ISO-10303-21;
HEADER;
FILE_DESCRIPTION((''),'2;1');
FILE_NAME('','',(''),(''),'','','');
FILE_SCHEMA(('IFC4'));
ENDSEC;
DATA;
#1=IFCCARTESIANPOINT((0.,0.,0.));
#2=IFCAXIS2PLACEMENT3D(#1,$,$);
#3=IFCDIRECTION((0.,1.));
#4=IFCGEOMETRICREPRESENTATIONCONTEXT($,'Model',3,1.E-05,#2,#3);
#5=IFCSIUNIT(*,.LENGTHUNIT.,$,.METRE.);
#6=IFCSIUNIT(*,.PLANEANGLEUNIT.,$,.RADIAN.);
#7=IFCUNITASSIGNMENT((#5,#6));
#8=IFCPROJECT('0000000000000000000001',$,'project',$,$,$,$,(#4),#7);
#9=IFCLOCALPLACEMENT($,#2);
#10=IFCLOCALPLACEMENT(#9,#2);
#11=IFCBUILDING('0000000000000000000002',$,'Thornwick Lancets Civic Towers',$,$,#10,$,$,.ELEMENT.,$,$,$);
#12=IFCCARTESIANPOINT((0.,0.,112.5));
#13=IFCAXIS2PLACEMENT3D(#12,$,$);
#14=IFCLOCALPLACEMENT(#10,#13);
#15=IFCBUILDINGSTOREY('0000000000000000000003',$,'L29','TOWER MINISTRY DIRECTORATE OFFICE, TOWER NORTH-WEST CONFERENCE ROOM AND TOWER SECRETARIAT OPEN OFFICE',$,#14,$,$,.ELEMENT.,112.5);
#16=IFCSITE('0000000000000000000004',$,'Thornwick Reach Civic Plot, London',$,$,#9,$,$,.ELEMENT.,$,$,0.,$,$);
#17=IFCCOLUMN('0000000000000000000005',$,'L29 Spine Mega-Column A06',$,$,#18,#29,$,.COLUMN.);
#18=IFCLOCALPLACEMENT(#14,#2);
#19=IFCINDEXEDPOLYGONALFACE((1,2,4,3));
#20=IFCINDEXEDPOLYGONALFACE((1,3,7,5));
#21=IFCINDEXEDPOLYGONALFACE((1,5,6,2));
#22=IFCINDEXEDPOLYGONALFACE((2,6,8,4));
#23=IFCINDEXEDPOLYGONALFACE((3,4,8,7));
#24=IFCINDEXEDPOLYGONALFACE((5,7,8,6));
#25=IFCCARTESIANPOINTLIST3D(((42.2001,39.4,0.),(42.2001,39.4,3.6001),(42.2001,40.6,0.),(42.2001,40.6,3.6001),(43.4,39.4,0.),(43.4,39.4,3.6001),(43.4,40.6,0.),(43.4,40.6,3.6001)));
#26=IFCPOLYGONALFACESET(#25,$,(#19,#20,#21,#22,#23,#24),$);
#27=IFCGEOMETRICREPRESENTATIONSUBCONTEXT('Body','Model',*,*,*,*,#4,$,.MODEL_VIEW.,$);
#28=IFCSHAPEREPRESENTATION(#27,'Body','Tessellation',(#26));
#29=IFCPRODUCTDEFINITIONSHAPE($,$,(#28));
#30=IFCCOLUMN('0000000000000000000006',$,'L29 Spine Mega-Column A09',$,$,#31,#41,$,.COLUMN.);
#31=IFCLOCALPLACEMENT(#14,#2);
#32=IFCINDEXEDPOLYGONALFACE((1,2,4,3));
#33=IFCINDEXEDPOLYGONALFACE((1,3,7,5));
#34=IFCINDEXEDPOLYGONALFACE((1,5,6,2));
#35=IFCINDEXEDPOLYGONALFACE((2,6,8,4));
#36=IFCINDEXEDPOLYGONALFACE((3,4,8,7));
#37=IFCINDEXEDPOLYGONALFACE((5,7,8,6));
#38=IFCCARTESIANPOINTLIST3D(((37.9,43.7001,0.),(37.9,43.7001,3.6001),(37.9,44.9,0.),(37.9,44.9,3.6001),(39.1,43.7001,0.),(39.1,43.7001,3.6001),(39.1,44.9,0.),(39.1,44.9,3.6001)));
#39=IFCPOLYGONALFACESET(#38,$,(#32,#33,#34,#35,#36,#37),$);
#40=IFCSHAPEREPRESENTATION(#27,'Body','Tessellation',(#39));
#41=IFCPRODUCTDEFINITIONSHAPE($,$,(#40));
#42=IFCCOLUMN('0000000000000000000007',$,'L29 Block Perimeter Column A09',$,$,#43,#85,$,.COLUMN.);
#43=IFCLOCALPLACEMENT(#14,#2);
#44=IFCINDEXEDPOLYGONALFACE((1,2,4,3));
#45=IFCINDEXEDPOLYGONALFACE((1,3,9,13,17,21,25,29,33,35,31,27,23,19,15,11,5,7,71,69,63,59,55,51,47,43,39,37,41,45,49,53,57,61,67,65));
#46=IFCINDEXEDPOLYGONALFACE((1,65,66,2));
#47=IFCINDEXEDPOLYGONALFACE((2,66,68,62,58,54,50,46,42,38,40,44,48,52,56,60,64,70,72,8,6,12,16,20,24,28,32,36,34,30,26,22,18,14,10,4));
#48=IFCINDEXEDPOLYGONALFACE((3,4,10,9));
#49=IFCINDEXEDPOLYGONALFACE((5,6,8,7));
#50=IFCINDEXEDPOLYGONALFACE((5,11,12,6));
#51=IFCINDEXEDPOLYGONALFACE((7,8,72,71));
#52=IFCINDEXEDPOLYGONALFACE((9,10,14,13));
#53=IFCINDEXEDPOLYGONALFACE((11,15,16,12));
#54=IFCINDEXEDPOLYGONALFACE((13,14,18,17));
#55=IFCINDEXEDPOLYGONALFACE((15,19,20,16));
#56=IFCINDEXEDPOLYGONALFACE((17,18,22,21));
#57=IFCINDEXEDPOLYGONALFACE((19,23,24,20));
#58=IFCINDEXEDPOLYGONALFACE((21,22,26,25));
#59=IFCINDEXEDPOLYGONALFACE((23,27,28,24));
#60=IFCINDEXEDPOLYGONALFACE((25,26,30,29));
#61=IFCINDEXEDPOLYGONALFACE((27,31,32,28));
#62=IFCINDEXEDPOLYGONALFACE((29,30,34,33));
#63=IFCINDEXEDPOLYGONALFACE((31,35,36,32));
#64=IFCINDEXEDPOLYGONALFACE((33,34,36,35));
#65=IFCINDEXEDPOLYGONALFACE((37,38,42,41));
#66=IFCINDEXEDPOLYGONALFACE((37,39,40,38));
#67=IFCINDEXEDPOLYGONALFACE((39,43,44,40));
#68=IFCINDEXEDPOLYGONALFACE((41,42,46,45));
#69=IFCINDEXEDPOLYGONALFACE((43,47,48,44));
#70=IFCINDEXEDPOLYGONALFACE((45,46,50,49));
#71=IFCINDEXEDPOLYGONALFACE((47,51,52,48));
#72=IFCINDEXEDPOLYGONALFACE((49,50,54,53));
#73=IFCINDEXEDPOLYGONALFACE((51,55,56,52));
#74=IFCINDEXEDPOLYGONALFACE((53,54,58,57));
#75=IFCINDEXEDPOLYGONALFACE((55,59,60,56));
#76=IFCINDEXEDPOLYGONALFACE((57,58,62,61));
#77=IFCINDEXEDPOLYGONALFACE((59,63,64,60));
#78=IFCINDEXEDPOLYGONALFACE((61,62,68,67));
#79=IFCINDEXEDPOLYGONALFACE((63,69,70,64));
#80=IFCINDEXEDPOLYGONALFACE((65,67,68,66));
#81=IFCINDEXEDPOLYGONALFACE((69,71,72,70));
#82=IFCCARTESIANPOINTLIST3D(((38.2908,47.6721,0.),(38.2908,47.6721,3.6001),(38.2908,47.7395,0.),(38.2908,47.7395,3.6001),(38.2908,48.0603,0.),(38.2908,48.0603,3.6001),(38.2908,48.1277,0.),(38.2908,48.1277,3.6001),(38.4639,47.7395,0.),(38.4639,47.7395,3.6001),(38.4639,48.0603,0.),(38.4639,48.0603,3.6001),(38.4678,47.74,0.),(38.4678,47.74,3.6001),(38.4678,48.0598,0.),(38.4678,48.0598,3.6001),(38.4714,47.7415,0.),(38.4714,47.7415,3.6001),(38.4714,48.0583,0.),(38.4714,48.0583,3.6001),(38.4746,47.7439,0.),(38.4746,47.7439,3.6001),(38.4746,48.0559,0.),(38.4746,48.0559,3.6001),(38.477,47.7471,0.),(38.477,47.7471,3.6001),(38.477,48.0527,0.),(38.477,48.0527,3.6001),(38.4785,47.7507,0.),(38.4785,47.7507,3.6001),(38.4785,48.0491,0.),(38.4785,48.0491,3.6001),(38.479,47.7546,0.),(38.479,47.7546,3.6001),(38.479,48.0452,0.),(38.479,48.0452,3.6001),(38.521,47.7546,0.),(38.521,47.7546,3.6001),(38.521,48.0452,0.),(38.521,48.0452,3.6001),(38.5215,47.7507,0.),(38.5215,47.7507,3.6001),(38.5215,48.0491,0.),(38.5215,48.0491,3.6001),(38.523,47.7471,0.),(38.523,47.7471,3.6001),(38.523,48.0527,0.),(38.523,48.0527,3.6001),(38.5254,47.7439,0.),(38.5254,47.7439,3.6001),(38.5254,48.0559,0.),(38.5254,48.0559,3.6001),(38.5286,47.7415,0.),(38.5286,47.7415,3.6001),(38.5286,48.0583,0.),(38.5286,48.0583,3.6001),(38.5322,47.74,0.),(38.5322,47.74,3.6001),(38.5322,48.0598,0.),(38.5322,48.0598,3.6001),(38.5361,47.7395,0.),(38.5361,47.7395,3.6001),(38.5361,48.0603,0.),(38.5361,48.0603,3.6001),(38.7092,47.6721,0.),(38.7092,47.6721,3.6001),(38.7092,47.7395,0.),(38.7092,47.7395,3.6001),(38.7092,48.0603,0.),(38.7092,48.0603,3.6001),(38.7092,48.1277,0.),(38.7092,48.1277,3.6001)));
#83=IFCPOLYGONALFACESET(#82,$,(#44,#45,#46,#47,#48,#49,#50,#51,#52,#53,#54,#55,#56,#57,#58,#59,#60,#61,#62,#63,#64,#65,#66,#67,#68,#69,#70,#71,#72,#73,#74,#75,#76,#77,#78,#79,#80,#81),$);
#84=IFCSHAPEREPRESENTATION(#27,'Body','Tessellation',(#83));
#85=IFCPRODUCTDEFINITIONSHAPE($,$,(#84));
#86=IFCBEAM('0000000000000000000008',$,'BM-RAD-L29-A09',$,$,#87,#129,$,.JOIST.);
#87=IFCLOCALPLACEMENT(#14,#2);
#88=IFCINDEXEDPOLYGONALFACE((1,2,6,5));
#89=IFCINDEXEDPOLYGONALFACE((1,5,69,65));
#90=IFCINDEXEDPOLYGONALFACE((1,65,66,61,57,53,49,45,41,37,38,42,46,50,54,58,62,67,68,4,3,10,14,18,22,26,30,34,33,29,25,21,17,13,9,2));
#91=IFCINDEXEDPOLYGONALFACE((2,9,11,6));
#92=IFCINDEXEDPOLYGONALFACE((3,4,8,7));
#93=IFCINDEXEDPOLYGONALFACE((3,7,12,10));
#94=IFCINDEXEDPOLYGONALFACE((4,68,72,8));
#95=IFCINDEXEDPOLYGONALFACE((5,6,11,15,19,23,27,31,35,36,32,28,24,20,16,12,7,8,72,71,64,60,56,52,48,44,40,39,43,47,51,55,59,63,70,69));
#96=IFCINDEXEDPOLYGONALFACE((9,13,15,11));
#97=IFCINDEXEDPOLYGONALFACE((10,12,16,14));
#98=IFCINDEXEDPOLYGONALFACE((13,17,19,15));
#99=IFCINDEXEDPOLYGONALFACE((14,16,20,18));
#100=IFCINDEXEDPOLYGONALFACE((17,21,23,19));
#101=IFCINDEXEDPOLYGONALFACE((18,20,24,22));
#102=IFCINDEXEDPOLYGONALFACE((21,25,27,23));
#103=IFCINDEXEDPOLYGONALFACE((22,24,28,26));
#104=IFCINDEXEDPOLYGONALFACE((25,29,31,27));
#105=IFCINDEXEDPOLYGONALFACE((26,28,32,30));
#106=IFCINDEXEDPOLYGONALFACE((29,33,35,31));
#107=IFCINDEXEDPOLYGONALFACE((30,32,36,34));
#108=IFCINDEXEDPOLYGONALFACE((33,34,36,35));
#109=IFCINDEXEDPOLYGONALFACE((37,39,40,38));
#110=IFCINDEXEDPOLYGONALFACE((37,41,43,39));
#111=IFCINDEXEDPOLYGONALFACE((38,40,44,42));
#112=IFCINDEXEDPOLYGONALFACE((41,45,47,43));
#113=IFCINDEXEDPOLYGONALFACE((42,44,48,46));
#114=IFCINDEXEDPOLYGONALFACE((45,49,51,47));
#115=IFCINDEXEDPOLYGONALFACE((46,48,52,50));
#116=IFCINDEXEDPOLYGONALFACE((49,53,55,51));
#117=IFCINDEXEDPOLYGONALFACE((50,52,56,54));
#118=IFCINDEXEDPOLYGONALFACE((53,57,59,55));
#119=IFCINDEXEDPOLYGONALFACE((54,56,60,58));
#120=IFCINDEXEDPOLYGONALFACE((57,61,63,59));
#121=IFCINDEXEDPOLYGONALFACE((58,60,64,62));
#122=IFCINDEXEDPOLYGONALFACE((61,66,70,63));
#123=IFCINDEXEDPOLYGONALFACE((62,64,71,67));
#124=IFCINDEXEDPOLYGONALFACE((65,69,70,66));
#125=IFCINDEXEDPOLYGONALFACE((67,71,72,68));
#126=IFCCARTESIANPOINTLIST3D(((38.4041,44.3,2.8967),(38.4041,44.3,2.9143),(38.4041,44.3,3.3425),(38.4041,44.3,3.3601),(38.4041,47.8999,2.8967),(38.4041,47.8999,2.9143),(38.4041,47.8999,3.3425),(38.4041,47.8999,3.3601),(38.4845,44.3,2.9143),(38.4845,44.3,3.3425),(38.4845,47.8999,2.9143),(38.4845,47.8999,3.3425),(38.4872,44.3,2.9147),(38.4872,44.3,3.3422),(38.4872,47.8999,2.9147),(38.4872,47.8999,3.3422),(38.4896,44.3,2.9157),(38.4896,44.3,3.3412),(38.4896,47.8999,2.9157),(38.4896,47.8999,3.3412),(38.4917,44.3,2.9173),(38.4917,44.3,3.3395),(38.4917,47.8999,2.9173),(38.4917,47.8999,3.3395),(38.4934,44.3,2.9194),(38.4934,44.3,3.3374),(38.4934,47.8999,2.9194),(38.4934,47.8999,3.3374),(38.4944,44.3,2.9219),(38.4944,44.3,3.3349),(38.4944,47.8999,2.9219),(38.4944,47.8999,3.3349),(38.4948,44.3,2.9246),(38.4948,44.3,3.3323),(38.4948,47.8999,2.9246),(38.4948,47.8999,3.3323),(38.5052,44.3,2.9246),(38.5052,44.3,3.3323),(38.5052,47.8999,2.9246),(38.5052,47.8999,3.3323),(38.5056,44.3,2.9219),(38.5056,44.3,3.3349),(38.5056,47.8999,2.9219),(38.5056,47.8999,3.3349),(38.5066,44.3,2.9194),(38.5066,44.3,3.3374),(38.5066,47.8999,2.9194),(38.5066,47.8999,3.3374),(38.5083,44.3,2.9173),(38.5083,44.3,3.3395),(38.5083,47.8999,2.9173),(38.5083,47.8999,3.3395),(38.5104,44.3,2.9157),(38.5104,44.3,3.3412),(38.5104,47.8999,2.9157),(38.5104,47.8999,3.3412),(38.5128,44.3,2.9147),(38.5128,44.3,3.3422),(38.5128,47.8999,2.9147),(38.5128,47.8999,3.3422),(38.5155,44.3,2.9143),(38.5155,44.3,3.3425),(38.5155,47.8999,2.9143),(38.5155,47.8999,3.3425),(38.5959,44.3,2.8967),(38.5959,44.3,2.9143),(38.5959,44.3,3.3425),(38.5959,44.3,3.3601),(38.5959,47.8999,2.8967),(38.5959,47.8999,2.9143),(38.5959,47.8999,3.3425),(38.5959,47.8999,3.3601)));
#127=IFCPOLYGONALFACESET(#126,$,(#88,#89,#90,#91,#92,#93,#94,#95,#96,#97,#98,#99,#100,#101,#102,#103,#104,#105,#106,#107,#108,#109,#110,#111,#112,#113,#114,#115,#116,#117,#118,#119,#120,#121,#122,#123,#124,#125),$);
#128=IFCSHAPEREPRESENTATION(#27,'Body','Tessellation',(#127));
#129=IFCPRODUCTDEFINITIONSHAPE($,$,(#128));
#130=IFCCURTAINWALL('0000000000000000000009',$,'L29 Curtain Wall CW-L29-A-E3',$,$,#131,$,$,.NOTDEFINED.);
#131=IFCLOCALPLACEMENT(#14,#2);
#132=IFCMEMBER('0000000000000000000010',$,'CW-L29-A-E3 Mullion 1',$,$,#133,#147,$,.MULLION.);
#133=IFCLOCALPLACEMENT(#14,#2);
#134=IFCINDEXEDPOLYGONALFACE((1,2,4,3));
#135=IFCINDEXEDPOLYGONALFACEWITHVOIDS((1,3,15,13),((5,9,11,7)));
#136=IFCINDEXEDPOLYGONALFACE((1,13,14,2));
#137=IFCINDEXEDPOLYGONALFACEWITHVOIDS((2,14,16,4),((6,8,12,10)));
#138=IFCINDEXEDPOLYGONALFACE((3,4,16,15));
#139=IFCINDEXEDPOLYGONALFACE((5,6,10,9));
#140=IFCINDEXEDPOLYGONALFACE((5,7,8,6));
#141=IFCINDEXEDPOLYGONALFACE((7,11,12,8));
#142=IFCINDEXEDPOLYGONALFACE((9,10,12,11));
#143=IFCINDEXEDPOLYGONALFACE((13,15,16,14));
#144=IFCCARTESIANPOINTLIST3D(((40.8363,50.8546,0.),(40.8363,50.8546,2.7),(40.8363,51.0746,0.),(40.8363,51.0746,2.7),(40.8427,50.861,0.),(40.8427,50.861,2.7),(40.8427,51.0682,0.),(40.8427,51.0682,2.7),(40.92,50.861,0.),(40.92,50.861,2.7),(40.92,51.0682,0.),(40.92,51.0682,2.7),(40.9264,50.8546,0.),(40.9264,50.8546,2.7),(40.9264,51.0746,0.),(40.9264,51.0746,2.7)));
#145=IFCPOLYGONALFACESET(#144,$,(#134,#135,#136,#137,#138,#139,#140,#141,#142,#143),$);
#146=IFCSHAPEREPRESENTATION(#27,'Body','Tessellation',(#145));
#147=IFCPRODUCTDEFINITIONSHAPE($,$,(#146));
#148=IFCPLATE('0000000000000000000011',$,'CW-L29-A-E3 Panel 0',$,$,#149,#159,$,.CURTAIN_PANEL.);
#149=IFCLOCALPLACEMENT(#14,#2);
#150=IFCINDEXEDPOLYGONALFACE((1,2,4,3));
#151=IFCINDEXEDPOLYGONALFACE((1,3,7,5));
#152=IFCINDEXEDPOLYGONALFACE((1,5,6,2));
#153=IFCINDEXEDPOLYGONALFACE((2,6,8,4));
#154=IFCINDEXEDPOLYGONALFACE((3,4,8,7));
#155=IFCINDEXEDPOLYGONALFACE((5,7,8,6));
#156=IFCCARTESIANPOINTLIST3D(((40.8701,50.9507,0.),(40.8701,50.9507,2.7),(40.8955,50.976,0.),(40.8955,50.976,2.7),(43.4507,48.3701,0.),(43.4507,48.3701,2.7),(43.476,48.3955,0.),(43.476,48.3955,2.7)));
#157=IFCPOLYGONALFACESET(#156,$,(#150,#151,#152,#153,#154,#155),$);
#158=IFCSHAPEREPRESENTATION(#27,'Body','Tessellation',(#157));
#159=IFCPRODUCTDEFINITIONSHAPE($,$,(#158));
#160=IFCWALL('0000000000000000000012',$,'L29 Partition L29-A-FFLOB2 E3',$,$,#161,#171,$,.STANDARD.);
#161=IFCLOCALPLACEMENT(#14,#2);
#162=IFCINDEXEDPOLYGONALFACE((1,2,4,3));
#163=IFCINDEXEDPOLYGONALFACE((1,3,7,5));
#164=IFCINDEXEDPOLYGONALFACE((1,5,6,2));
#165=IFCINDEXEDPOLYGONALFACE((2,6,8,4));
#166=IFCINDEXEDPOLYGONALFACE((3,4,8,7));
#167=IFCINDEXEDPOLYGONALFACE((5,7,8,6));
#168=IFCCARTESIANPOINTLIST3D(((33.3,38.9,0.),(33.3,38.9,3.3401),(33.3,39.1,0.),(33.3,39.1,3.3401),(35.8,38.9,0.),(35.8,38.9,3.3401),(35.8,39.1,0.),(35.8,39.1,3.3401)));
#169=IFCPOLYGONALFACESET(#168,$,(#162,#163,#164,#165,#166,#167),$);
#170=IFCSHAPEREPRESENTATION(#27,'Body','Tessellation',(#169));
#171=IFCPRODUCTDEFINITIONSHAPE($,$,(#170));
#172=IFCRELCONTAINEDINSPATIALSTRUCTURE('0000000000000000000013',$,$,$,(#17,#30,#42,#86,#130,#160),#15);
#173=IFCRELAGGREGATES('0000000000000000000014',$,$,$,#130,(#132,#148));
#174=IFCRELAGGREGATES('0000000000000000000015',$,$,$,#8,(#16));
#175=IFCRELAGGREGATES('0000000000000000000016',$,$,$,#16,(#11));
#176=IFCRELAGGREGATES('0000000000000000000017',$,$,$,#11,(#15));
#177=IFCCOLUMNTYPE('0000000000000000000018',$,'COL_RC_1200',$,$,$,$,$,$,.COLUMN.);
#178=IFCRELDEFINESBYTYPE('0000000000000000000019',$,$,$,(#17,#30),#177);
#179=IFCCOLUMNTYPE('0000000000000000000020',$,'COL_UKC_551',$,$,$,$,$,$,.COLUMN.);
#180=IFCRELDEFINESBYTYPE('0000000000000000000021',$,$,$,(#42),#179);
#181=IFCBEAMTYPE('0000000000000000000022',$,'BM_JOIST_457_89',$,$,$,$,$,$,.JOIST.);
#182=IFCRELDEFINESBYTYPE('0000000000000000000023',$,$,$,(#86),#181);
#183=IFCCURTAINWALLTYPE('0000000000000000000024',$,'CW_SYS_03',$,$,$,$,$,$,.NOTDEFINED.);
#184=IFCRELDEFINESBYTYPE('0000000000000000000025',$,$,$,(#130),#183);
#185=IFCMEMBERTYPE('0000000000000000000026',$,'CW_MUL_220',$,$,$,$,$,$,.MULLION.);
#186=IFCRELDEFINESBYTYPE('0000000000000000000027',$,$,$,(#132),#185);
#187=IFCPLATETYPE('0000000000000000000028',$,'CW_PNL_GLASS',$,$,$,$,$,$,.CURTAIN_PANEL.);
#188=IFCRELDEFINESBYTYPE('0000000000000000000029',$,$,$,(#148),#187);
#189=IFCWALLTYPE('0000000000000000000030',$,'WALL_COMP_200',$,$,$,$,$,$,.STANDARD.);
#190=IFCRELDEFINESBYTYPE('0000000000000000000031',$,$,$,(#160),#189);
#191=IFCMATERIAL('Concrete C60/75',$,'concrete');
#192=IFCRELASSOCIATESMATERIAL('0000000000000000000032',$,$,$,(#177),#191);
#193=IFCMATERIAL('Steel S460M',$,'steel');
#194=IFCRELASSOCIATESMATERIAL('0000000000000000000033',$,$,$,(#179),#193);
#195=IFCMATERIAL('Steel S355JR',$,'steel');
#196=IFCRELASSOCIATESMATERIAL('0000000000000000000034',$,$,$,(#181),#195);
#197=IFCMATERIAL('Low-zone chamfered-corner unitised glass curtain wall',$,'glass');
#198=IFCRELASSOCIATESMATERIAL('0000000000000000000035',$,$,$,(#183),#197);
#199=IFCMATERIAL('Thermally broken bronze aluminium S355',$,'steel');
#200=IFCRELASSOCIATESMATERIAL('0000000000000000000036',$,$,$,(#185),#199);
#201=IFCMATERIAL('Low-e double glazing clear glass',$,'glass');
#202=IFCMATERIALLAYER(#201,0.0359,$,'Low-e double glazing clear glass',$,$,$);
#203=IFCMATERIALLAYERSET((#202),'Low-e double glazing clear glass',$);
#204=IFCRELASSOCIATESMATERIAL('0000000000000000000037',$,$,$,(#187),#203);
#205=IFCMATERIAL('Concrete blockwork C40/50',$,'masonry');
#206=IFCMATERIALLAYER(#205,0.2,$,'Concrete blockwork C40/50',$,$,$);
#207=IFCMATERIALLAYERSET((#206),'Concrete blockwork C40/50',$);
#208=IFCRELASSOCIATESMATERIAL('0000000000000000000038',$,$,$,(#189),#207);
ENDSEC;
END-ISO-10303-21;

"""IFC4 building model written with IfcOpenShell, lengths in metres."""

from ifc_helpers import new_model, si_unit, direction, frame, frame_2d, origin, origin_2d, place, context, subcontext, project, spatial, rectangle, hollow_rectangle, i_section, extrude, material, layer, layer_set, material_profile, profile_set, type_object, element, aggregate, save


model = new_model("IFC4")

# Units and contexts
model_context = context("Model", 3, precision=1e-05, world=origin(), true_north=direction((0.0, 1.0)))
body_context = subcontext(model_context, "Body", "Model", "MODEL_VIEW")
ifc_project = project(units=[si_unit("LENGTHUNIT", "METRE"), si_unit("PLANEANGLEUNIT", "RADIAN")], contexts=[model_context])

# Site, building, storey
site_placement = place(None, origin())
site = spatial("IfcSite", under=ifc_project, at=site_placement, Name="Thornwick Reach Civic Plot, London", CompositionType="ELEMENT", RefElevation=0.0)
building_placement = place(site_placement, origin())
building = spatial("IfcBuilding", under=site, at=building_placement, Name="Thornwick Lancets Civic Towers", CompositionType="ELEMENT")
storey_placement = place(building_placement, frame((0.0, 0.0, 112.5)))
storey = spatial("IfcBuildingStorey", under=building, at=storey_placement, Name="L29", Description="TOWER MINISTRY DIRECTORATE OFFICE, TOWER NORTH-WEST CONFERENCE ROOM AND TOWER SECRETARIAT OPEN OFFICE", CompositionType="ELEMENT", Elevation=112.5)

# Columns
ifc_material_1 = material(Name="Concrete C60/75", Category="concrete")
ifc_material_profile_1 = material_profile(ifc_material_1, rectangle(XDim=1.2, YDim=1.2, at=origin_2d()), Name="RC 1200x1200")
ifc_profile_set_1 = profile_set([ifc_material_profile_1], Name="Concrete C60/75")
column_type_1 = type_object("IfcColumnType", Name="COL_RC_1200", PredefinedType="COLUMN", material=ifc_profile_set_1)
for number, where, z_axis, x_axis, name in (
    (1, (42.8, 40.0, 0.0), (0.0, 0.0, 1.0), (1.0, 0.0, 0.0), "L29 Spine Mega-Column A06"),
    (2, (38.5, 44.3, 0.0), (0.0, 0.0, 1.0), (1.0, 0.0, 0.0), "L29 Spine Mega-Column A09"),
):
    element("IfcColumn", number, at=place(storey_placement, frame(where, z_axis=z_axis, x_axis=x_axis)), inside=storey, type_object=column_type_1, Name=name, PredefinedType="COLUMN", context=body_context, shape_type="SweptSolid", body=[
        extrude(rectangle(XDim=1.2, YDim=1.2, at=origin_2d()), origin(), (0.0, 0.0, 1.0), 3.6001),
    ])
ifc_material_2 = material(Name="Steel S460M", Category="steel")
ifc_material_profile_2 = material_profile(ifc_material_2, i_section(OverallWidth=0.4185, OverallDepth=0.4556, WebThickness=0.042, FlangeThickness=0.0674, FilletRadius=0.0151, at=origin_2d()), Name="UKC 356x406x551")
ifc_profile_set_2 = profile_set([ifc_material_profile_2], Name="Steel S460M")
column_type_2 = type_object("IfcColumnType", Name="COL_UKC_551", PredefinedType="COLUMN", material=ifc_profile_set_2)
column_placement = place(storey_placement, frame((38.5, 47.8999, 0.0), z_axis=(0.0, 0.0, 1.0), x_axis=(1.0, 0.0, 0.0)))
element("IfcColumn", 3, at=column_placement, inside=storey, type_object=column_type_2, Name="L29 Block Perimeter Column A09", PredefinedType="COLUMN", context=body_context, shape_type="SweptSolid", body=[
    extrude(i_section(OverallWidth=0.4185, OverallDepth=0.4556, WebThickness=0.042, FlangeThickness=0.0674, FilletRadius=0.0151, at=origin_2d()), origin(), (0.0, 0.0, 1.0), 3.6001),
])

# Beam
ifc_material_3 = material(Name="Steel S355JR", Category="steel")
ifc_material_profile_3 = material_profile(ifc_material_3, i_section(OverallWidth=0.1919, OverallDepth=0.4634, WebThickness=0.0105, FlangeThickness=0.0176, FilletRadius=0.0103, at=origin_2d()), Name="UKB 457x191x89")
ifc_profile_set_3 = profile_set([ifc_material_profile_3], Name="Steel S355JR")
beam_type = type_object("IfcBeamType", Name="BM_JOIST_457_89", PredefinedType="JOIST", material=ifc_profile_set_3)
beam_placement = place(storey_placement, frame((38.5, 44.3, 3.1284), z_axis=(0.0, 1.0, 0.0), x_axis=(-1.0, 0.0, 0.0)))
element("IfcBeam", 4, at=beam_placement, inside=storey, type_object=beam_type, Name="BM-RAD-L29-A09", PredefinedType="JOIST", context=body_context, shape_type="SweptSolid", body=[
    extrude(i_section(OverallWidth=0.1919, OverallDepth=0.4634, WebThickness=0.0105, FlangeThickness=0.0176, FilletRadius=0.0103, at=origin_2d()), origin(), (0.0, 0.0, 1.0), 3.5999),
])

# Curtain wall, member, plate
ifc_material_4 = material(Name="Low-zone chamfered-corner unitised glass curtain wall", Category="glass")
curtain_wall_type = type_object("IfcCurtainWallType", Name="CW_SYS_03", PredefinedType="NOTDEFINED", material=ifc_material_4)
curtain_wall_placement = place(storey_placement, origin())
curtain_wall = element("IfcCurtainWall", 5, at=curtain_wall_placement, inside=storey, type_object=curtain_wall_type, Name="L29 Curtain Wall CW-L29-A-E3", PredefinedType="NOTDEFINED")
ifc_material_5 = material(Name="Thermally broken bronze aluminium S355", Category="steel")
ifc_material_profile_4 = material_profile(ifc_material_5, hollow_rectangle(XDim=0.0901, YDim=0.22, WallThickness=0.0063, at=origin_2d()), Name="RHS 220x90x6.3")
ifc_profile_set_4 = profile_set([ifc_material_profile_4], Name="Thermally broken bronze aluminium S355")
member_type = type_object("IfcMemberType", Name="CW_MUL_220", PredefinedType="MULLION", material=ifc_profile_set_4)
member_placement = place(storey_placement, frame((40.8813, 50.9646, 0.0), z_axis=(0.0, 0.0, 1.0), x_axis=(1.0, 0.0, 0.0)))
member = element("IfcMember", 6, at=member_placement, type_object=member_type, Name="CW-L29-A-E3 Mullion 1", PredefinedType="MULLION", context=body_context, shape_type="SweptSolid", body=[
    extrude(hollow_rectangle(XDim=0.0901, YDim=0.22, WallThickness=0.0063, at=origin_2d()), origin(), (0.0, 0.0, 1.0), 2.7),
])
ifc_material_6 = material(Name="Low-e double glazing clear glass", Category="glass")
ifc_layer_1 = layer(ifc_material_6, 0.0359, Name="Low-e double glazing clear glass")
ifc_layer_set_1 = layer_set([ifc_layer_1], Name="Low-e double glazing clear glass")
plate_type = type_object("IfcPlateType", Name="CW_PNL_GLASS", PredefinedType="CURTAIN_PANEL", material=ifc_layer_set_1)
plate_placement = place(storey_placement, frame((42.1731, 49.6731, 0.0), z_axis=(0.0, 0.0, 1.0), x_axis=(-0.707107, 0.707107, 0.0)))
plate = element("IfcPlate", 7, at=plate_placement, type_object=plate_type, Name="CW-L29-A-E3 Panel 0", PredefinedType="CURTAIN_PANEL", context=body_context, shape_type="SweptSolid", body=[
    extrude(rectangle(XDim=3.6494, YDim=0.0359, at=origin_2d()), origin(), (0.0, 0.0, 1.0), 2.7),
])
aggregate(curtain_wall, [member, plate])

# Wall
ifc_material_7 = material(Name="Concrete blockwork C40/50", Category="masonry")
ifc_layer_2 = layer(ifc_material_7, 0.2, Name="Concrete blockwork C40/50")
ifc_layer_set_2 = layer_set([ifc_layer_2], Name="Concrete blockwork C40/50")
wall_type_1 = type_object("IfcWallType", Name="WALL_COMP_200", PredefinedType="STANDARD", material=ifc_layer_set_2)
wall_1_placement = place(storey_placement, frame((35.8, 39.0, 0.0), z_axis=(0.0, 0.0, 1.0), x_axis=(-1.0, 0.0, 0.0)))
element("IfcWall", 8, at=wall_1_placement, inside=storey, type_object=wall_type_1, Name="L29 Partition L29-A-FFLOB2 E3", PredefinedType="STANDARD", context=body_context, shape_type="SweptSolid", body=[
    extrude(rectangle(XDim=2.5, YDim=0.2, at=frame_2d((1.25, 0.0))), origin(), (0.0, 0.0, 1.0), 3.3401),
])

save(model, "model.ifc")
